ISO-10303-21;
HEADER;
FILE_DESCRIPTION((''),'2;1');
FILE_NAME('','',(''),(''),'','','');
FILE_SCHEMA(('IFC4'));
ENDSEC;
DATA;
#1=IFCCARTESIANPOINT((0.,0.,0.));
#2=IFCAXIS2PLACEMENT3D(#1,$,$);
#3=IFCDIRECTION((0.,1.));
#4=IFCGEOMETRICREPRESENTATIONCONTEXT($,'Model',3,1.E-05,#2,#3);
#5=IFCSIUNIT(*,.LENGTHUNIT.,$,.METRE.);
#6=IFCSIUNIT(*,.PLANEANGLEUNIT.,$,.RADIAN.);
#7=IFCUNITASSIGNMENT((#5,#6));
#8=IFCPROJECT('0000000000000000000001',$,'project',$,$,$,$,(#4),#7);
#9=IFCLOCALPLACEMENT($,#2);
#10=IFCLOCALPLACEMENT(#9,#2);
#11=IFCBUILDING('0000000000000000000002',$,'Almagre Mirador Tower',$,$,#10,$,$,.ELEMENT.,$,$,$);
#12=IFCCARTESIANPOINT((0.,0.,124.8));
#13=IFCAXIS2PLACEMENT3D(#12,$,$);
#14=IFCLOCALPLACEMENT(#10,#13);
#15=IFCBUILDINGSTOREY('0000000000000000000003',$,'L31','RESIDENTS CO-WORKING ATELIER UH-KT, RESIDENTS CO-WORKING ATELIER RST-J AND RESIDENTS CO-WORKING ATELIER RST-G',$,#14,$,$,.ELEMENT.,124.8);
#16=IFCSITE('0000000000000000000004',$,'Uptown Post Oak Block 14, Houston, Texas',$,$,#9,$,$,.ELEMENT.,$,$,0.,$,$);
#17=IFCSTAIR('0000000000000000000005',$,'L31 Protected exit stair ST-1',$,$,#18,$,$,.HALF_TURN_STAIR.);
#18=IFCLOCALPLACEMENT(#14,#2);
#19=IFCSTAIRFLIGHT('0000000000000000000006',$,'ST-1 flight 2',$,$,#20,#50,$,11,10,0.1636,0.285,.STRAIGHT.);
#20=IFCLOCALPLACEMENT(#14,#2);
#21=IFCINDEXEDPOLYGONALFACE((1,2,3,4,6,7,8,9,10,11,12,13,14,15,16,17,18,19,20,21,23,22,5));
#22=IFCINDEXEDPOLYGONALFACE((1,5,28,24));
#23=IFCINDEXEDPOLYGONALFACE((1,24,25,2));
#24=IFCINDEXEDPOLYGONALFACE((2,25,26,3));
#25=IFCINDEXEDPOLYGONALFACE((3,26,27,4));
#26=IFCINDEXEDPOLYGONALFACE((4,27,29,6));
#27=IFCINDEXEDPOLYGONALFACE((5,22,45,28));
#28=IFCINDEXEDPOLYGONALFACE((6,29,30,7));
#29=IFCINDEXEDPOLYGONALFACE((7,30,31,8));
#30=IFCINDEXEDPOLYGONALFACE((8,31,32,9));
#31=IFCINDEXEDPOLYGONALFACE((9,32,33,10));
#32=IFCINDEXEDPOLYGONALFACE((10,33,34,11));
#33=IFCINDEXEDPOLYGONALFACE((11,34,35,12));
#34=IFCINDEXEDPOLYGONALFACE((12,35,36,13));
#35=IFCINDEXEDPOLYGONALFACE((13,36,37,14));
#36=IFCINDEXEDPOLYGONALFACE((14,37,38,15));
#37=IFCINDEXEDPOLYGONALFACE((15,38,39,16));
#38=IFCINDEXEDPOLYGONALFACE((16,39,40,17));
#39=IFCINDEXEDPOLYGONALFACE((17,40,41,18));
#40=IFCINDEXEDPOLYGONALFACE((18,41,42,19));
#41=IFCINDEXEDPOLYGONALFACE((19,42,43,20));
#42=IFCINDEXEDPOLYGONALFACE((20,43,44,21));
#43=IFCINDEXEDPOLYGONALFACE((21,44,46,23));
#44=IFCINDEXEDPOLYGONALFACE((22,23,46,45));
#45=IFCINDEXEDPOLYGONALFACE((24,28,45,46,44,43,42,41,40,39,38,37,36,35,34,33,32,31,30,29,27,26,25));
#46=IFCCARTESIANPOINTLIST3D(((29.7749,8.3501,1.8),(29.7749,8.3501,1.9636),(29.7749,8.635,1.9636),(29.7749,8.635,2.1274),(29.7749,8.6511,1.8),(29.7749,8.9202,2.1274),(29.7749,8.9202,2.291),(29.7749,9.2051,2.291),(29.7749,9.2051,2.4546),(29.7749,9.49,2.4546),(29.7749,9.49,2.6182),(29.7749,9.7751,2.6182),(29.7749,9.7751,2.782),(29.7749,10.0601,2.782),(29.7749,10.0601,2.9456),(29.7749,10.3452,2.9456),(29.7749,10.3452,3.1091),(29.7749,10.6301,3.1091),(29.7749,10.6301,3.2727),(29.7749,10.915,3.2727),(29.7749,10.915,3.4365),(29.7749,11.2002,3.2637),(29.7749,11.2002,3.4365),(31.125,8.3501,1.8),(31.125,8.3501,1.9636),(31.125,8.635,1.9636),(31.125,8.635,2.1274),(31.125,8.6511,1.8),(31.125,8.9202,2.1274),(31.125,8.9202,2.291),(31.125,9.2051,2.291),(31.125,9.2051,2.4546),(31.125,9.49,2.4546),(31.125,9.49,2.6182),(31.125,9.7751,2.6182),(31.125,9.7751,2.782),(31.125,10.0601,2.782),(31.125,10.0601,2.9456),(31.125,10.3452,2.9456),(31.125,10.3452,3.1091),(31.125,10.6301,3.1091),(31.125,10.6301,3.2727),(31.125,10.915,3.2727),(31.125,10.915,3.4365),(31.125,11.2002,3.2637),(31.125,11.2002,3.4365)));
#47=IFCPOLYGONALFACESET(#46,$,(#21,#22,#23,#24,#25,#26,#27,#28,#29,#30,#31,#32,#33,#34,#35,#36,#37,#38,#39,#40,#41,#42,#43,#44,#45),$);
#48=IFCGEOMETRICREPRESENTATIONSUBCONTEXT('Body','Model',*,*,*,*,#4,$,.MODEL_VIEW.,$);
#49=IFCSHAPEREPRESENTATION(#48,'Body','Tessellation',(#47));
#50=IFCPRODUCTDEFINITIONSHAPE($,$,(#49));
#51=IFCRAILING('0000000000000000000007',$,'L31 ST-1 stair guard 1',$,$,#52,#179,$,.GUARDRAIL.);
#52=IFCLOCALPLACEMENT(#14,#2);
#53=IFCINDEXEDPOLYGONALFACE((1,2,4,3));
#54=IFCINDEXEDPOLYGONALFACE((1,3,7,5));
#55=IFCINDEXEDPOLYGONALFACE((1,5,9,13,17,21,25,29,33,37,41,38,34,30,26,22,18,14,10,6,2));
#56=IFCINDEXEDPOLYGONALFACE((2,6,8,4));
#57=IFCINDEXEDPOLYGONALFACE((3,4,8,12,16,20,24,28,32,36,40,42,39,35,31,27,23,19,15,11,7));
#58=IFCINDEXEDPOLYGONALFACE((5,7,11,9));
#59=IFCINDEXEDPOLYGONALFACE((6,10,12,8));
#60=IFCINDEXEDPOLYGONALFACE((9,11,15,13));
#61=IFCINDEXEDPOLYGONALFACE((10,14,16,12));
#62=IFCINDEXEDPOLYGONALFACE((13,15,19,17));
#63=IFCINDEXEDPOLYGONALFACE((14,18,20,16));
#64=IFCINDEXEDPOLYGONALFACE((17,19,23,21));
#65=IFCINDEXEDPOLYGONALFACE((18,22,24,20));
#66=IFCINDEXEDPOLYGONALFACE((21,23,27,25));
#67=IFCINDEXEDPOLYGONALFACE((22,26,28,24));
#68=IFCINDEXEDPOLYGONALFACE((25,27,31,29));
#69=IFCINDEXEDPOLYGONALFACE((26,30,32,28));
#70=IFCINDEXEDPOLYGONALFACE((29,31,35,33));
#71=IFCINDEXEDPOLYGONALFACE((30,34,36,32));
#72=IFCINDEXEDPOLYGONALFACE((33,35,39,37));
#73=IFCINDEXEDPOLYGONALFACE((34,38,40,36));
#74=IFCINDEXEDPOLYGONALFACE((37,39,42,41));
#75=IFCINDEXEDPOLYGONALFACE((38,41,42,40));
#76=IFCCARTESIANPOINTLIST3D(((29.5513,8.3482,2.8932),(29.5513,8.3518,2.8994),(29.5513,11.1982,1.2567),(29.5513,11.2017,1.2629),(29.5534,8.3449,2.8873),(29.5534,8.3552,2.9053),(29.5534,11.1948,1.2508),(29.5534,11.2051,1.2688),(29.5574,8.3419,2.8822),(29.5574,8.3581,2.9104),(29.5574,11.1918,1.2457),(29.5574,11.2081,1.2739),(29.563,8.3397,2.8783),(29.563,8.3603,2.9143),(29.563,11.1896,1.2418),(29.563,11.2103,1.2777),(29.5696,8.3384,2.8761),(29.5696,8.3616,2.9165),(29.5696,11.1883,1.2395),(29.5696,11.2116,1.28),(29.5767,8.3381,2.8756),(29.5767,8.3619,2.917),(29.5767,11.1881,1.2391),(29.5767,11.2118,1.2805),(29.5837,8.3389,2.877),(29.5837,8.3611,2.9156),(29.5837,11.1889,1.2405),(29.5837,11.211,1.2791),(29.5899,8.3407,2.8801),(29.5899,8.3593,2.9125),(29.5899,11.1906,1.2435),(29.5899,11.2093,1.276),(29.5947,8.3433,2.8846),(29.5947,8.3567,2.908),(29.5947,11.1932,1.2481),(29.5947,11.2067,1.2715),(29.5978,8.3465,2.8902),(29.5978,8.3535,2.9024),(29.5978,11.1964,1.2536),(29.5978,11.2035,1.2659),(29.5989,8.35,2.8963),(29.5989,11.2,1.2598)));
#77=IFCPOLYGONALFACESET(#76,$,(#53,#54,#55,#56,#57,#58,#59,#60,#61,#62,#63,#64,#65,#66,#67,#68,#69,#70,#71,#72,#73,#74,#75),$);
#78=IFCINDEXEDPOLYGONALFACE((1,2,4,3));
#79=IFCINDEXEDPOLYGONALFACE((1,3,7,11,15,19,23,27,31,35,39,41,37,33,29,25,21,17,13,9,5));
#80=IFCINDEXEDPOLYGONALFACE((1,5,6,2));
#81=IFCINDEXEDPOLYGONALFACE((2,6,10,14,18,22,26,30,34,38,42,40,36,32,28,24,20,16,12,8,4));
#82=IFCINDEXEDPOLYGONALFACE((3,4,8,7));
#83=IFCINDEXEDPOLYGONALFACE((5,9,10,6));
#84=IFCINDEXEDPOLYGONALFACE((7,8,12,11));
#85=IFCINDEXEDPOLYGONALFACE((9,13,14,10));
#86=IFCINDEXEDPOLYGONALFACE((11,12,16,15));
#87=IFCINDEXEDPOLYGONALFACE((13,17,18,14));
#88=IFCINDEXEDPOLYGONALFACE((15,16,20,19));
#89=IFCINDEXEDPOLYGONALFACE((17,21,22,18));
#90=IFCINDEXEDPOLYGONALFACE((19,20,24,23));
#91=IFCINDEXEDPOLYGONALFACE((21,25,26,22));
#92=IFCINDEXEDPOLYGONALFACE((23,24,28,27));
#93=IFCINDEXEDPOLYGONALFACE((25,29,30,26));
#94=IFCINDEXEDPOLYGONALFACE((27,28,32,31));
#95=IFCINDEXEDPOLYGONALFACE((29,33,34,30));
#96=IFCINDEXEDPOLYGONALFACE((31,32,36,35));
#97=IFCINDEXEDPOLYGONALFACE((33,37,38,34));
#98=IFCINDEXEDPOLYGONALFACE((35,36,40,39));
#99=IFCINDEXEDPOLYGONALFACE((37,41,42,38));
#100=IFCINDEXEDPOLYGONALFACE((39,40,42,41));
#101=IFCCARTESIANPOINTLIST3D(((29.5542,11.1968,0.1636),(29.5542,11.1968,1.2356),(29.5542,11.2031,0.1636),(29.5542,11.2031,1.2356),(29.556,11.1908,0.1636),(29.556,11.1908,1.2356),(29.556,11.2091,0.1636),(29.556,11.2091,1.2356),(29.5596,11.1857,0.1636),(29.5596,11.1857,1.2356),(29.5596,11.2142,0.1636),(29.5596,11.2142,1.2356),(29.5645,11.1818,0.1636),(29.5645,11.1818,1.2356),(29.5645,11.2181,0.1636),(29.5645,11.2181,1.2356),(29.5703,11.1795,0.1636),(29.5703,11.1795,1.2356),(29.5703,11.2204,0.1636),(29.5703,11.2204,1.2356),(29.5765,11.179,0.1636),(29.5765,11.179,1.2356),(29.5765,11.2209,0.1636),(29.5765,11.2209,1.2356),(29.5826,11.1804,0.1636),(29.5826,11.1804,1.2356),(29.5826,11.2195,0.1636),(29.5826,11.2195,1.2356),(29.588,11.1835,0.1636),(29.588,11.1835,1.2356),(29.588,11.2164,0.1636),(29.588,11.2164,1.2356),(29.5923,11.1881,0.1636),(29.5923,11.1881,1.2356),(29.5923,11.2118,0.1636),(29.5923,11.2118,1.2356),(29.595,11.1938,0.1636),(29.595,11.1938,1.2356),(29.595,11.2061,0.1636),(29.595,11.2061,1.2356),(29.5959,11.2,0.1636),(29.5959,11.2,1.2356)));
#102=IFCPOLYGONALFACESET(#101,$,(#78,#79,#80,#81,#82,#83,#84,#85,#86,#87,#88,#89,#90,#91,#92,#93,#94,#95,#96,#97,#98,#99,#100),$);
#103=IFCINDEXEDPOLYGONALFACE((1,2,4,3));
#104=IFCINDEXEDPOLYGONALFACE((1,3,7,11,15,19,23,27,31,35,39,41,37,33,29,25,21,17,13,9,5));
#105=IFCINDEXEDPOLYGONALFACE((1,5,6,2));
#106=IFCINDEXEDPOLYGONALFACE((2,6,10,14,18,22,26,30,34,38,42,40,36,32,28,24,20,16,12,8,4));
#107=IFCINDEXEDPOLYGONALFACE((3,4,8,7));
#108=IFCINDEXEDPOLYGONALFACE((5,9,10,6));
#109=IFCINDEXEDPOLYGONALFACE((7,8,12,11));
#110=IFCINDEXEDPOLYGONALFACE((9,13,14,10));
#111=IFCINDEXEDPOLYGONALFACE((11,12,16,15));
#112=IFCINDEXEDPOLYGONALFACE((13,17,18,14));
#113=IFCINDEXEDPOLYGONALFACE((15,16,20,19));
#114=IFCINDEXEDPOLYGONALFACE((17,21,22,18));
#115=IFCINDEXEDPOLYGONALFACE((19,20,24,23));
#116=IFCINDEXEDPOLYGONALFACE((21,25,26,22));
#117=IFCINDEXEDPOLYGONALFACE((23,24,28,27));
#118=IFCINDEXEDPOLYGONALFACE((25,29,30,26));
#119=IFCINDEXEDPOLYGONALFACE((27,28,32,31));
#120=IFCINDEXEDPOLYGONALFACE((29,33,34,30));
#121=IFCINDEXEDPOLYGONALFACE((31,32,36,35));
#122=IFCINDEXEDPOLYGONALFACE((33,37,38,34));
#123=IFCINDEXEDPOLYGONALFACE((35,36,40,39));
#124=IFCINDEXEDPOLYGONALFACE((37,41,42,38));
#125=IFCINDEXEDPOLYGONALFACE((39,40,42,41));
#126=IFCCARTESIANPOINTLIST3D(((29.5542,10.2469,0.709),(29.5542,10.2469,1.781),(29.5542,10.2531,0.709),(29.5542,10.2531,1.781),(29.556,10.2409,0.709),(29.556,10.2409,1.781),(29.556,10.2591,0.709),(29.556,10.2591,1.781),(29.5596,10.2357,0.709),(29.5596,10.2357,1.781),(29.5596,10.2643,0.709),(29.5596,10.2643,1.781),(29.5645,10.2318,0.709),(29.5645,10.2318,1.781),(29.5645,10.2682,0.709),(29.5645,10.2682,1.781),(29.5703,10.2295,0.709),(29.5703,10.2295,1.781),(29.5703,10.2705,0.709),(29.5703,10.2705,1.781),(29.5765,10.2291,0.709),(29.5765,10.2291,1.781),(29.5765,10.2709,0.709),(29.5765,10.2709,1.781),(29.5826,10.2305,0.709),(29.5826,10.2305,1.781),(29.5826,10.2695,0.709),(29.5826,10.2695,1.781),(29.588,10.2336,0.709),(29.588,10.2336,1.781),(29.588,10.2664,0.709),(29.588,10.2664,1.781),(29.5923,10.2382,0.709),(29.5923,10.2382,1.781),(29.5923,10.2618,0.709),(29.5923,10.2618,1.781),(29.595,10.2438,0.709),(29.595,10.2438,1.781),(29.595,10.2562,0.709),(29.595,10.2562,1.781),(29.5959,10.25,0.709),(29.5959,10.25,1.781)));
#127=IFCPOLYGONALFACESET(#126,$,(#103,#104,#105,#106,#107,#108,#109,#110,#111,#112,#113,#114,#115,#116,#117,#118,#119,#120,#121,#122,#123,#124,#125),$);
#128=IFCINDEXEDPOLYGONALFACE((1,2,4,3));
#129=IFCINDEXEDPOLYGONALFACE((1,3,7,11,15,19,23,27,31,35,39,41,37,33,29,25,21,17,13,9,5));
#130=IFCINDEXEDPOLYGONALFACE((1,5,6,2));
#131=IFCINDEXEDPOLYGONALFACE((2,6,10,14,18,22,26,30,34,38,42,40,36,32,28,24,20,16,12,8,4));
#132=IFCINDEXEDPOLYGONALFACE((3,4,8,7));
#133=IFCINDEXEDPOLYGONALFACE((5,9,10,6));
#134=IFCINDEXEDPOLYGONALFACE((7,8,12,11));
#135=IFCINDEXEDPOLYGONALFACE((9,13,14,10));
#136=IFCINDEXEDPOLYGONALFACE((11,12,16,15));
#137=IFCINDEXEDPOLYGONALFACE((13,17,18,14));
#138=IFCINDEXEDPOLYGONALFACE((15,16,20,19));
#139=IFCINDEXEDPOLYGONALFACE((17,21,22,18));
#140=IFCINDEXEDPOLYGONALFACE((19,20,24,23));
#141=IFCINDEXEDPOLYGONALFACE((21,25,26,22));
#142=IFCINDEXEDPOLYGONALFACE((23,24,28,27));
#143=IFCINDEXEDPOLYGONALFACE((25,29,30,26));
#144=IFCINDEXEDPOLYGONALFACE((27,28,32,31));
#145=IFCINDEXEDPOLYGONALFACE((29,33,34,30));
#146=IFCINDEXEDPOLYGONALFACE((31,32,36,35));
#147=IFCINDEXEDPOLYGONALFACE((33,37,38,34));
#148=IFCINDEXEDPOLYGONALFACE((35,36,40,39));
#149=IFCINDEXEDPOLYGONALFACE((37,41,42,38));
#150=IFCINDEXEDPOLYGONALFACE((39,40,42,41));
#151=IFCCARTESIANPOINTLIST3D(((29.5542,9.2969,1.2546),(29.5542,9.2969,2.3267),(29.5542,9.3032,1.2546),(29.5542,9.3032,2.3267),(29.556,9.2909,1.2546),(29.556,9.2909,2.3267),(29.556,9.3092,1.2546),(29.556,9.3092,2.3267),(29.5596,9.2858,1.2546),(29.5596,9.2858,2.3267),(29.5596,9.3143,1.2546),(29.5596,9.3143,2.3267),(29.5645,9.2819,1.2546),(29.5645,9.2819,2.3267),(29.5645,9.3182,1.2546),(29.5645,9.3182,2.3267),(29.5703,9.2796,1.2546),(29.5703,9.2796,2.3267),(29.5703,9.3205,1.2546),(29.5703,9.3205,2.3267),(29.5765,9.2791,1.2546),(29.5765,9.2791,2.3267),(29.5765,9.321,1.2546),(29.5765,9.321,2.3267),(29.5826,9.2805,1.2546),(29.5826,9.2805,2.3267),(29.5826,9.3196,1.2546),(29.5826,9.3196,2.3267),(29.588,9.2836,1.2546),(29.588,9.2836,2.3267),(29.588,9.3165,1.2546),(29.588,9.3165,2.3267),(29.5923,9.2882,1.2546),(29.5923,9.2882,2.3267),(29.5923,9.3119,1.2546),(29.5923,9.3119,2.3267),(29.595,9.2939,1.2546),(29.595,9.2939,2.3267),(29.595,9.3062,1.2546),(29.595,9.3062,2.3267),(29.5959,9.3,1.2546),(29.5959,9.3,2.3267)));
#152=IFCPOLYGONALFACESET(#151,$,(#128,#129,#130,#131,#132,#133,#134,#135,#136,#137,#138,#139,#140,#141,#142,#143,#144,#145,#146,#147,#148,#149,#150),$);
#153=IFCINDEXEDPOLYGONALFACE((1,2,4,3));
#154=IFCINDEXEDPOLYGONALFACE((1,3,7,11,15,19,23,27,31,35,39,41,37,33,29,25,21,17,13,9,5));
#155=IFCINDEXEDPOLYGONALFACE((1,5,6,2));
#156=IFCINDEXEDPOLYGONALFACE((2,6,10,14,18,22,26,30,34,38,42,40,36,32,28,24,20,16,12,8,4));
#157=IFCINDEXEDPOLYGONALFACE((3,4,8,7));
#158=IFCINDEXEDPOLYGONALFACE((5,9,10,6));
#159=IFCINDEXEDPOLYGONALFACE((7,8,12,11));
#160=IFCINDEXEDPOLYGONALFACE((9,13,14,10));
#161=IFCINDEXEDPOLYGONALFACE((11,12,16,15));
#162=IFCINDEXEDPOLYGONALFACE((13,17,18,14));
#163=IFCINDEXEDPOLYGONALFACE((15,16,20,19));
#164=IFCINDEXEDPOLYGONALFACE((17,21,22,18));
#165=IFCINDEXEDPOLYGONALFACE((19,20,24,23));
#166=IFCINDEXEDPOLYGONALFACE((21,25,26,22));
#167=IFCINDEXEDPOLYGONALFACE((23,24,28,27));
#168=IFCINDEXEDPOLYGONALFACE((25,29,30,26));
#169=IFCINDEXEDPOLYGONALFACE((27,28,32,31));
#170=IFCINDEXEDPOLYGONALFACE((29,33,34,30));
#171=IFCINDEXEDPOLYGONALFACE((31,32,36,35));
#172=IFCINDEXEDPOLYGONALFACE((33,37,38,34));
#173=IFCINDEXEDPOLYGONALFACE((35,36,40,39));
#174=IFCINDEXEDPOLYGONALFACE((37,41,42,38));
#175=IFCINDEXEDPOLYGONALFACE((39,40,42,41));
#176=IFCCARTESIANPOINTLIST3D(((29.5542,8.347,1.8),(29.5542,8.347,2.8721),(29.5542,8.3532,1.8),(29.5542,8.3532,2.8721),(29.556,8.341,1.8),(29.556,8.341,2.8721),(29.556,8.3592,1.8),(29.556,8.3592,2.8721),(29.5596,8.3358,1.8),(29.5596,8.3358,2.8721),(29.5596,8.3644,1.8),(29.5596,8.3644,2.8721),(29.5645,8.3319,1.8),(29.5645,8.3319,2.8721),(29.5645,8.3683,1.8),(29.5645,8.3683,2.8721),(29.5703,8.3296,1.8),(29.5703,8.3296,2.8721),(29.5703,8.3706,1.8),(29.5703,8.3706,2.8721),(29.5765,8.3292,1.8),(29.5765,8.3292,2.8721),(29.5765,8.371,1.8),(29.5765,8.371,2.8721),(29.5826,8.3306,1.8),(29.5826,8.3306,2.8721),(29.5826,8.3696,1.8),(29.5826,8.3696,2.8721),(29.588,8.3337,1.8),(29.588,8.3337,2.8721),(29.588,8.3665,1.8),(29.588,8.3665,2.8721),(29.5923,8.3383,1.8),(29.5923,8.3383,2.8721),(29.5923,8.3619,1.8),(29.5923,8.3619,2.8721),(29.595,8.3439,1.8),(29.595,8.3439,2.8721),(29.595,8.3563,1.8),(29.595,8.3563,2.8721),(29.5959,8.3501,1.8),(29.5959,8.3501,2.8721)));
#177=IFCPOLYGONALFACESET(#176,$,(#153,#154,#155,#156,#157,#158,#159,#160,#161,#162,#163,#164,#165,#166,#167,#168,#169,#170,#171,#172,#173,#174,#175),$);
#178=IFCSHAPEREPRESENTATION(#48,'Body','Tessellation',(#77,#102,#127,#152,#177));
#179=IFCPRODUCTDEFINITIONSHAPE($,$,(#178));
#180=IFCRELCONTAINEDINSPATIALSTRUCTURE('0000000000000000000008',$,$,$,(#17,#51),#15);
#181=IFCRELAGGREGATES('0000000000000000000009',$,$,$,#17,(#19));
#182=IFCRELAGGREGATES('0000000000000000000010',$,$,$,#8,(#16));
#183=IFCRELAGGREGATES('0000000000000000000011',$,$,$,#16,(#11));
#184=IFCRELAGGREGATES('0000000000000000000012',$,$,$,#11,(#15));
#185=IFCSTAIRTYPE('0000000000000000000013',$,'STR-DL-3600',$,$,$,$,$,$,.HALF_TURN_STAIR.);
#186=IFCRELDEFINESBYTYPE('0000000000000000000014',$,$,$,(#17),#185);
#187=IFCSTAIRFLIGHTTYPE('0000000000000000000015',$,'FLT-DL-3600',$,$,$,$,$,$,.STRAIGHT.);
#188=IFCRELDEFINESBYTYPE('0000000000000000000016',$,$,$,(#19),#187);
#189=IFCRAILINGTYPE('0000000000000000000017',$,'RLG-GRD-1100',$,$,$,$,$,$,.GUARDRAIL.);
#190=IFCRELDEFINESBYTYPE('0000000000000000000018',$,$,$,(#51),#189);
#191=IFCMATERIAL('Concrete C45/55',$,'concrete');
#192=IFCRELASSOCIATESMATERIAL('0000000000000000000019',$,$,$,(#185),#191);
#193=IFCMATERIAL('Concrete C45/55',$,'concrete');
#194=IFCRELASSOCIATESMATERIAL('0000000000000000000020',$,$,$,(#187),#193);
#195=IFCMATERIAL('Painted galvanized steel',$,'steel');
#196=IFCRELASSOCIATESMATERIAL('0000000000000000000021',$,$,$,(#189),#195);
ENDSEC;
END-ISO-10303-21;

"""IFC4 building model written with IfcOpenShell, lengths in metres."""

from ifc_helpers import new_model, si_unit, direction, frame, origin, origin_2d, place, context, subcontext, project, spatial, polyline, circle, outline, extrude, material, type_object, element, aggregate, save


model = new_model("IFC4")

# Units and contexts
model_context = context("Model", 3, precision=1e-05, world=origin(), true_north=direction((0.0, 1.0)))
body_context = subcontext(model_context, "Body", "Model", "MODEL_VIEW")
ifc_project = project(units=[si_unit("LENGTHUNIT", "METRE"), si_unit("PLANEANGLEUNIT", "RADIAN")], contexts=[model_context])

# Site, building, storey
site_placement = place(None, origin())
site = spatial("IfcSite", under=ifc_project, at=site_placement, Name="Uptown Post Oak Block 14, Houston, Texas", CompositionType="ELEMENT", RefElevation=0.0)
building_placement = place(site_placement, origin())
building = spatial("IfcBuilding", under=site, at=building_placement, Name="Almagre Mirador Tower", CompositionType="ELEMENT")
storey_placement = place(building_placement, frame((0.0, 0.0, 124.8)))
storey = spatial("IfcBuildingStorey", under=building, at=storey_placement, Name="L31", Description="RESIDENTS CO-WORKING ATELIER UH-KT, RESIDENTS CO-WORKING ATELIER RST-J AND RESIDENTS CO-WORKING ATELIER RST-G", CompositionType="ELEMENT", Elevation=124.8)

# Stair, stair flight
ifc_material_1 = material(Name="Concrete C45/55", Category="concrete")
stair_type = type_object("IfcStairType", Name="STR-DL-3600", PredefinedType="HALF_TURN_STAIR", material=ifc_material_1)
stair_placement = place(storey_placement, origin())
stair = element("IfcStair", 1, at=stair_placement, inside=storey, type_object=stair_type, Name="L31 Protected exit stair ST-1", PredefinedType="HALF_TURN_STAIR")
ifc_material_2 = material(Name="Concrete C45/55", Category="concrete")
stair_flight_type = type_object("IfcStairFlightType", Name="FLT-DL-3600", PredefinedType="STRAIGHT", material=ifc_material_2)
stair_flight_1_placement = place(storey_placement, frame((30.45, 8.3501, 1.8), z_axis=(0.0, 0.0, 1.0), x_axis=(0.0, 1.0, 0.0)))
stair_flight_1 = element("IfcStairFlight", 2, at=stair_flight_1_placement, type_object=stair_flight_type, Name="ST-1 flight 2", NumberOfRisers=11, NumberOfTreads=10, PredefinedType="STRAIGHT", RiserHeight=0.1636, TreadLength=0.285, context=body_context, shape_type="SweptSolid", body=[
    extrude(outline(polyline([(0.0, 0.0), (0.0, 0.1636), (0.2849, 0.1636), (0.2849, 0.3274), (0.5701, 0.3274), (0.5701, 0.491), (0.855, 0.491), (0.855, 0.6545), (1.1399, 0.6545), (1.1399, 0.8181), (1.425, 0.8181), (1.425, 0.9819), (1.71, 0.9819), (1.71, 1.1455), (1.9951, 1.1455), (1.9951, 1.3091), (2.28, 1.3091), (2.28, 1.4727), (2.5649, 1.4727), (2.5649, 1.6365), (2.8501, 1.6365), (2.8501, 1.8), (2.8501, 1.4636), (0.301, 0.0), (0.0, 0.0)])), frame((0.0, 0.675, 0.0), z_axis=(0.0, -1.0, 0.0), x_axis=(1.0, 0.0, 0.0)), (0.0, 0.0, 1.0), 1.3501),
])
aggregate(stair, [stair_flight_1])

# Railing
ifc_material_3 = material(Name="Painted galvanized steel", Category="steel")
railing_type_1 = type_object("IfcRailingType", Name="RLG-GRD-1100", PredefinedType="GUARDRAIL", material=ifc_material_3)
railing_1_placement = place(storey_placement, frame((29.575, 11.2, 0.1636)))
element("IfcRailing", 3, at=railing_1_placement, inside=storey, type_object=railing_type_1, Name="L31 ST-1 stair guard 1", PredefinedType="GUARDRAIL", context=body_context, shape_type="SweptSolid", body=[
    extrude(circle(Radius=0.0239, at=origin_2d()), frame((0.0, 0.0, 1.0962), z_axis=(0.0, -0.867194, 0.49797), x_axis=(1.0, 0.0, 0.0)), (0.0, 0.0, 1.0), 3.2864),
    extrude(circle(Radius=0.021, at=origin_2d()), origin(), (0.0, 0.0, 1.0), 1.072),
    extrude(circle(Radius=0.021, at=origin_2d()), frame((0.0, -0.95, 0.5454)), (0.0, 0.0, 1.0), 1.072),
    extrude(circle(Radius=0.021, at=origin_2d()), frame((0.0, -1.8999, 1.0911)), (0.0, 0.0, 1.0), 1.072),
    extrude(circle(Radius=0.021, at=origin_2d()), frame((0.0, -2.8499, 1.6365)), (0.0, 0.0, 1.0), 1.072),
])

save(model, "model.ifc")
